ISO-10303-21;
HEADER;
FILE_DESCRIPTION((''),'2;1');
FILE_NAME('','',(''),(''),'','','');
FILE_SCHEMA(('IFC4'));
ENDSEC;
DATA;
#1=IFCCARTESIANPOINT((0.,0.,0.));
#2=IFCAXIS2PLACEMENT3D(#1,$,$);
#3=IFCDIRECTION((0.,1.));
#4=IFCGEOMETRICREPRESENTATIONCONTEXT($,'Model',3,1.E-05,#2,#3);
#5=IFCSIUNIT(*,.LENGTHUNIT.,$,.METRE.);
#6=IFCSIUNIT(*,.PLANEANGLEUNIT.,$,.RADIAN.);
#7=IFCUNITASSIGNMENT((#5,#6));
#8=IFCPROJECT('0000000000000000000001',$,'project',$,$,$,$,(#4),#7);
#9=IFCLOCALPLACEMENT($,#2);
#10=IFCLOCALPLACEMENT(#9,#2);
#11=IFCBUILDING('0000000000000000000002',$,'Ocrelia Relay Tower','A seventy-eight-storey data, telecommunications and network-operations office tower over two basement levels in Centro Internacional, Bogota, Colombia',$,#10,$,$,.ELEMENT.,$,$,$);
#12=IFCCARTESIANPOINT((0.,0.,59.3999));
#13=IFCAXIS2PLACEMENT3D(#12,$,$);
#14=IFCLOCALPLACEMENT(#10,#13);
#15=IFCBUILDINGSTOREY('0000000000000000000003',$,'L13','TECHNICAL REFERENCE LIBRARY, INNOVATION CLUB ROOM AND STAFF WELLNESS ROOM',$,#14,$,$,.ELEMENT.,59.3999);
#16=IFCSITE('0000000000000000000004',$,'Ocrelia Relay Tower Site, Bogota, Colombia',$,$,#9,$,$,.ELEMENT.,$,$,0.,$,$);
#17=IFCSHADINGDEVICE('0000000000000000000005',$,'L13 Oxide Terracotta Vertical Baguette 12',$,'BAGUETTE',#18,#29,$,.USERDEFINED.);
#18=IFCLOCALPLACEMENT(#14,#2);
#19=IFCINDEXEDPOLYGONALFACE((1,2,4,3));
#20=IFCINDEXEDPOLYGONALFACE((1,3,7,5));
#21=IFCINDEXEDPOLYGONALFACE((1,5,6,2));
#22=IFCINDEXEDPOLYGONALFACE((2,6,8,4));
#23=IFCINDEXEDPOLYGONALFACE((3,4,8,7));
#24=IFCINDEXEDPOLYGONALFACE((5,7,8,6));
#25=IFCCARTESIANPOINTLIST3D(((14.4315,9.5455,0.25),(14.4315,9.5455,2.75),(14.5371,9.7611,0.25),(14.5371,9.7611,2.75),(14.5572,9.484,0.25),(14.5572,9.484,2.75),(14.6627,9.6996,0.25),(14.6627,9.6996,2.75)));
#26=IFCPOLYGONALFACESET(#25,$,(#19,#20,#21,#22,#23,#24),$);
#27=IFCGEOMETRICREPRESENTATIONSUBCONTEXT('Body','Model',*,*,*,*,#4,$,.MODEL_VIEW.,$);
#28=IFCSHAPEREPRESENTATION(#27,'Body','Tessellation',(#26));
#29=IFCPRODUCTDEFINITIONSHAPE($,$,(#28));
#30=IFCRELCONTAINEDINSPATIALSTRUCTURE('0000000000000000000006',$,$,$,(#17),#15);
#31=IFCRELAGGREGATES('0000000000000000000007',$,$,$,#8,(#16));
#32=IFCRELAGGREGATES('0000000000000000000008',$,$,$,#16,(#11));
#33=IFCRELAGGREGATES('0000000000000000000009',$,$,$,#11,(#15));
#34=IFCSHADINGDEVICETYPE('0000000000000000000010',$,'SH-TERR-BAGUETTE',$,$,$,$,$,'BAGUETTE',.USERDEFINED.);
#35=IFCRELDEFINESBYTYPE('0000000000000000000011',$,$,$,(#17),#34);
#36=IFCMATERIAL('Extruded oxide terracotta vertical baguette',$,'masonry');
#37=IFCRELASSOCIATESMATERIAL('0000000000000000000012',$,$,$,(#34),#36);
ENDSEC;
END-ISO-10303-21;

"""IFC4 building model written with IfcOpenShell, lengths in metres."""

from ifc_helpers import new_model, si_unit, direction, frame, origin, origin_2d, place, context, subcontext, project, spatial, rectangle, extrude, material, type_object, element, save


model = new_model("IFC4")

# Units and contexts
model_context = context("Model", 3, precision=1e-05, world=origin(), true_north=direction((0.0, 1.0)))
body_context = subcontext(model_context, "Body", "Model", "MODEL_VIEW")
ifc_project = project(units=[si_unit("LENGTHUNIT", "METRE"), si_unit("PLANEANGLEUNIT", "RADIAN")], contexts=[model_context])

# Site, building, storey
site_placement = place(None, origin())
site = spatial("IfcSite", under=ifc_project, at=site_placement, Name="Ocrelia Relay Tower Site, Bogota, Colombia", CompositionType="ELEMENT", RefElevation=0.0)
building_placement = place(site_placement, origin())
building = spatial("IfcBuilding", under=site, at=building_placement, Name="Ocrelia Relay Tower", Description="A seventy-eight-storey data, telecommunications and network-operations office tower over two basement levels in Centro Internacional, Bogota, Colombia", CompositionType="ELEMENT")
storey_placement = place(building_placement, frame((0.0, 0.0, 59.3999)))
storey = spatial("IfcBuildingStorey", under=building, at=storey_placement, Name="L13", Description="TECHNICAL REFERENCE LIBRARY, INNOVATION CLUB ROOM AND STAFF WELLNESS ROOM", CompositionType="ELEMENT", Elevation=59.3999)

# Shading device
ifc_material_1 = material(Name="Extruded oxide terracotta vertical baguette", Category="masonry")
shading_device_type = type_object("IfcShadingDeviceType", Name="SH-TERR-BAGUETTE", ElementType="BAGUETTE", PredefinedType="USERDEFINED", material=ifc_material_1)
shading_device_placement = place(storey_placement, frame((14.5471, 9.6226, 0.25), z_axis=(0.0, 0.0, 1.0), x_axis=(0.898124, -0.439742, 0.0)))
element("IfcShadingDevice", 1, at=shading_device_placement, inside=storey, type_object=shading_device_type, Name="L13 Oxide Terracotta Vertical Baguette 12", ObjectType="BAGUETTE", PredefinedType="USERDEFINED", context=body_context, shape_type="SweptSolid", body=[
    extrude(rectangle(XDim=0.1399, YDim=0.24, at=origin_2d()), origin(), (0.0, 0.0, 1.0), 2.5),
])

save(model, "model.ifc")
